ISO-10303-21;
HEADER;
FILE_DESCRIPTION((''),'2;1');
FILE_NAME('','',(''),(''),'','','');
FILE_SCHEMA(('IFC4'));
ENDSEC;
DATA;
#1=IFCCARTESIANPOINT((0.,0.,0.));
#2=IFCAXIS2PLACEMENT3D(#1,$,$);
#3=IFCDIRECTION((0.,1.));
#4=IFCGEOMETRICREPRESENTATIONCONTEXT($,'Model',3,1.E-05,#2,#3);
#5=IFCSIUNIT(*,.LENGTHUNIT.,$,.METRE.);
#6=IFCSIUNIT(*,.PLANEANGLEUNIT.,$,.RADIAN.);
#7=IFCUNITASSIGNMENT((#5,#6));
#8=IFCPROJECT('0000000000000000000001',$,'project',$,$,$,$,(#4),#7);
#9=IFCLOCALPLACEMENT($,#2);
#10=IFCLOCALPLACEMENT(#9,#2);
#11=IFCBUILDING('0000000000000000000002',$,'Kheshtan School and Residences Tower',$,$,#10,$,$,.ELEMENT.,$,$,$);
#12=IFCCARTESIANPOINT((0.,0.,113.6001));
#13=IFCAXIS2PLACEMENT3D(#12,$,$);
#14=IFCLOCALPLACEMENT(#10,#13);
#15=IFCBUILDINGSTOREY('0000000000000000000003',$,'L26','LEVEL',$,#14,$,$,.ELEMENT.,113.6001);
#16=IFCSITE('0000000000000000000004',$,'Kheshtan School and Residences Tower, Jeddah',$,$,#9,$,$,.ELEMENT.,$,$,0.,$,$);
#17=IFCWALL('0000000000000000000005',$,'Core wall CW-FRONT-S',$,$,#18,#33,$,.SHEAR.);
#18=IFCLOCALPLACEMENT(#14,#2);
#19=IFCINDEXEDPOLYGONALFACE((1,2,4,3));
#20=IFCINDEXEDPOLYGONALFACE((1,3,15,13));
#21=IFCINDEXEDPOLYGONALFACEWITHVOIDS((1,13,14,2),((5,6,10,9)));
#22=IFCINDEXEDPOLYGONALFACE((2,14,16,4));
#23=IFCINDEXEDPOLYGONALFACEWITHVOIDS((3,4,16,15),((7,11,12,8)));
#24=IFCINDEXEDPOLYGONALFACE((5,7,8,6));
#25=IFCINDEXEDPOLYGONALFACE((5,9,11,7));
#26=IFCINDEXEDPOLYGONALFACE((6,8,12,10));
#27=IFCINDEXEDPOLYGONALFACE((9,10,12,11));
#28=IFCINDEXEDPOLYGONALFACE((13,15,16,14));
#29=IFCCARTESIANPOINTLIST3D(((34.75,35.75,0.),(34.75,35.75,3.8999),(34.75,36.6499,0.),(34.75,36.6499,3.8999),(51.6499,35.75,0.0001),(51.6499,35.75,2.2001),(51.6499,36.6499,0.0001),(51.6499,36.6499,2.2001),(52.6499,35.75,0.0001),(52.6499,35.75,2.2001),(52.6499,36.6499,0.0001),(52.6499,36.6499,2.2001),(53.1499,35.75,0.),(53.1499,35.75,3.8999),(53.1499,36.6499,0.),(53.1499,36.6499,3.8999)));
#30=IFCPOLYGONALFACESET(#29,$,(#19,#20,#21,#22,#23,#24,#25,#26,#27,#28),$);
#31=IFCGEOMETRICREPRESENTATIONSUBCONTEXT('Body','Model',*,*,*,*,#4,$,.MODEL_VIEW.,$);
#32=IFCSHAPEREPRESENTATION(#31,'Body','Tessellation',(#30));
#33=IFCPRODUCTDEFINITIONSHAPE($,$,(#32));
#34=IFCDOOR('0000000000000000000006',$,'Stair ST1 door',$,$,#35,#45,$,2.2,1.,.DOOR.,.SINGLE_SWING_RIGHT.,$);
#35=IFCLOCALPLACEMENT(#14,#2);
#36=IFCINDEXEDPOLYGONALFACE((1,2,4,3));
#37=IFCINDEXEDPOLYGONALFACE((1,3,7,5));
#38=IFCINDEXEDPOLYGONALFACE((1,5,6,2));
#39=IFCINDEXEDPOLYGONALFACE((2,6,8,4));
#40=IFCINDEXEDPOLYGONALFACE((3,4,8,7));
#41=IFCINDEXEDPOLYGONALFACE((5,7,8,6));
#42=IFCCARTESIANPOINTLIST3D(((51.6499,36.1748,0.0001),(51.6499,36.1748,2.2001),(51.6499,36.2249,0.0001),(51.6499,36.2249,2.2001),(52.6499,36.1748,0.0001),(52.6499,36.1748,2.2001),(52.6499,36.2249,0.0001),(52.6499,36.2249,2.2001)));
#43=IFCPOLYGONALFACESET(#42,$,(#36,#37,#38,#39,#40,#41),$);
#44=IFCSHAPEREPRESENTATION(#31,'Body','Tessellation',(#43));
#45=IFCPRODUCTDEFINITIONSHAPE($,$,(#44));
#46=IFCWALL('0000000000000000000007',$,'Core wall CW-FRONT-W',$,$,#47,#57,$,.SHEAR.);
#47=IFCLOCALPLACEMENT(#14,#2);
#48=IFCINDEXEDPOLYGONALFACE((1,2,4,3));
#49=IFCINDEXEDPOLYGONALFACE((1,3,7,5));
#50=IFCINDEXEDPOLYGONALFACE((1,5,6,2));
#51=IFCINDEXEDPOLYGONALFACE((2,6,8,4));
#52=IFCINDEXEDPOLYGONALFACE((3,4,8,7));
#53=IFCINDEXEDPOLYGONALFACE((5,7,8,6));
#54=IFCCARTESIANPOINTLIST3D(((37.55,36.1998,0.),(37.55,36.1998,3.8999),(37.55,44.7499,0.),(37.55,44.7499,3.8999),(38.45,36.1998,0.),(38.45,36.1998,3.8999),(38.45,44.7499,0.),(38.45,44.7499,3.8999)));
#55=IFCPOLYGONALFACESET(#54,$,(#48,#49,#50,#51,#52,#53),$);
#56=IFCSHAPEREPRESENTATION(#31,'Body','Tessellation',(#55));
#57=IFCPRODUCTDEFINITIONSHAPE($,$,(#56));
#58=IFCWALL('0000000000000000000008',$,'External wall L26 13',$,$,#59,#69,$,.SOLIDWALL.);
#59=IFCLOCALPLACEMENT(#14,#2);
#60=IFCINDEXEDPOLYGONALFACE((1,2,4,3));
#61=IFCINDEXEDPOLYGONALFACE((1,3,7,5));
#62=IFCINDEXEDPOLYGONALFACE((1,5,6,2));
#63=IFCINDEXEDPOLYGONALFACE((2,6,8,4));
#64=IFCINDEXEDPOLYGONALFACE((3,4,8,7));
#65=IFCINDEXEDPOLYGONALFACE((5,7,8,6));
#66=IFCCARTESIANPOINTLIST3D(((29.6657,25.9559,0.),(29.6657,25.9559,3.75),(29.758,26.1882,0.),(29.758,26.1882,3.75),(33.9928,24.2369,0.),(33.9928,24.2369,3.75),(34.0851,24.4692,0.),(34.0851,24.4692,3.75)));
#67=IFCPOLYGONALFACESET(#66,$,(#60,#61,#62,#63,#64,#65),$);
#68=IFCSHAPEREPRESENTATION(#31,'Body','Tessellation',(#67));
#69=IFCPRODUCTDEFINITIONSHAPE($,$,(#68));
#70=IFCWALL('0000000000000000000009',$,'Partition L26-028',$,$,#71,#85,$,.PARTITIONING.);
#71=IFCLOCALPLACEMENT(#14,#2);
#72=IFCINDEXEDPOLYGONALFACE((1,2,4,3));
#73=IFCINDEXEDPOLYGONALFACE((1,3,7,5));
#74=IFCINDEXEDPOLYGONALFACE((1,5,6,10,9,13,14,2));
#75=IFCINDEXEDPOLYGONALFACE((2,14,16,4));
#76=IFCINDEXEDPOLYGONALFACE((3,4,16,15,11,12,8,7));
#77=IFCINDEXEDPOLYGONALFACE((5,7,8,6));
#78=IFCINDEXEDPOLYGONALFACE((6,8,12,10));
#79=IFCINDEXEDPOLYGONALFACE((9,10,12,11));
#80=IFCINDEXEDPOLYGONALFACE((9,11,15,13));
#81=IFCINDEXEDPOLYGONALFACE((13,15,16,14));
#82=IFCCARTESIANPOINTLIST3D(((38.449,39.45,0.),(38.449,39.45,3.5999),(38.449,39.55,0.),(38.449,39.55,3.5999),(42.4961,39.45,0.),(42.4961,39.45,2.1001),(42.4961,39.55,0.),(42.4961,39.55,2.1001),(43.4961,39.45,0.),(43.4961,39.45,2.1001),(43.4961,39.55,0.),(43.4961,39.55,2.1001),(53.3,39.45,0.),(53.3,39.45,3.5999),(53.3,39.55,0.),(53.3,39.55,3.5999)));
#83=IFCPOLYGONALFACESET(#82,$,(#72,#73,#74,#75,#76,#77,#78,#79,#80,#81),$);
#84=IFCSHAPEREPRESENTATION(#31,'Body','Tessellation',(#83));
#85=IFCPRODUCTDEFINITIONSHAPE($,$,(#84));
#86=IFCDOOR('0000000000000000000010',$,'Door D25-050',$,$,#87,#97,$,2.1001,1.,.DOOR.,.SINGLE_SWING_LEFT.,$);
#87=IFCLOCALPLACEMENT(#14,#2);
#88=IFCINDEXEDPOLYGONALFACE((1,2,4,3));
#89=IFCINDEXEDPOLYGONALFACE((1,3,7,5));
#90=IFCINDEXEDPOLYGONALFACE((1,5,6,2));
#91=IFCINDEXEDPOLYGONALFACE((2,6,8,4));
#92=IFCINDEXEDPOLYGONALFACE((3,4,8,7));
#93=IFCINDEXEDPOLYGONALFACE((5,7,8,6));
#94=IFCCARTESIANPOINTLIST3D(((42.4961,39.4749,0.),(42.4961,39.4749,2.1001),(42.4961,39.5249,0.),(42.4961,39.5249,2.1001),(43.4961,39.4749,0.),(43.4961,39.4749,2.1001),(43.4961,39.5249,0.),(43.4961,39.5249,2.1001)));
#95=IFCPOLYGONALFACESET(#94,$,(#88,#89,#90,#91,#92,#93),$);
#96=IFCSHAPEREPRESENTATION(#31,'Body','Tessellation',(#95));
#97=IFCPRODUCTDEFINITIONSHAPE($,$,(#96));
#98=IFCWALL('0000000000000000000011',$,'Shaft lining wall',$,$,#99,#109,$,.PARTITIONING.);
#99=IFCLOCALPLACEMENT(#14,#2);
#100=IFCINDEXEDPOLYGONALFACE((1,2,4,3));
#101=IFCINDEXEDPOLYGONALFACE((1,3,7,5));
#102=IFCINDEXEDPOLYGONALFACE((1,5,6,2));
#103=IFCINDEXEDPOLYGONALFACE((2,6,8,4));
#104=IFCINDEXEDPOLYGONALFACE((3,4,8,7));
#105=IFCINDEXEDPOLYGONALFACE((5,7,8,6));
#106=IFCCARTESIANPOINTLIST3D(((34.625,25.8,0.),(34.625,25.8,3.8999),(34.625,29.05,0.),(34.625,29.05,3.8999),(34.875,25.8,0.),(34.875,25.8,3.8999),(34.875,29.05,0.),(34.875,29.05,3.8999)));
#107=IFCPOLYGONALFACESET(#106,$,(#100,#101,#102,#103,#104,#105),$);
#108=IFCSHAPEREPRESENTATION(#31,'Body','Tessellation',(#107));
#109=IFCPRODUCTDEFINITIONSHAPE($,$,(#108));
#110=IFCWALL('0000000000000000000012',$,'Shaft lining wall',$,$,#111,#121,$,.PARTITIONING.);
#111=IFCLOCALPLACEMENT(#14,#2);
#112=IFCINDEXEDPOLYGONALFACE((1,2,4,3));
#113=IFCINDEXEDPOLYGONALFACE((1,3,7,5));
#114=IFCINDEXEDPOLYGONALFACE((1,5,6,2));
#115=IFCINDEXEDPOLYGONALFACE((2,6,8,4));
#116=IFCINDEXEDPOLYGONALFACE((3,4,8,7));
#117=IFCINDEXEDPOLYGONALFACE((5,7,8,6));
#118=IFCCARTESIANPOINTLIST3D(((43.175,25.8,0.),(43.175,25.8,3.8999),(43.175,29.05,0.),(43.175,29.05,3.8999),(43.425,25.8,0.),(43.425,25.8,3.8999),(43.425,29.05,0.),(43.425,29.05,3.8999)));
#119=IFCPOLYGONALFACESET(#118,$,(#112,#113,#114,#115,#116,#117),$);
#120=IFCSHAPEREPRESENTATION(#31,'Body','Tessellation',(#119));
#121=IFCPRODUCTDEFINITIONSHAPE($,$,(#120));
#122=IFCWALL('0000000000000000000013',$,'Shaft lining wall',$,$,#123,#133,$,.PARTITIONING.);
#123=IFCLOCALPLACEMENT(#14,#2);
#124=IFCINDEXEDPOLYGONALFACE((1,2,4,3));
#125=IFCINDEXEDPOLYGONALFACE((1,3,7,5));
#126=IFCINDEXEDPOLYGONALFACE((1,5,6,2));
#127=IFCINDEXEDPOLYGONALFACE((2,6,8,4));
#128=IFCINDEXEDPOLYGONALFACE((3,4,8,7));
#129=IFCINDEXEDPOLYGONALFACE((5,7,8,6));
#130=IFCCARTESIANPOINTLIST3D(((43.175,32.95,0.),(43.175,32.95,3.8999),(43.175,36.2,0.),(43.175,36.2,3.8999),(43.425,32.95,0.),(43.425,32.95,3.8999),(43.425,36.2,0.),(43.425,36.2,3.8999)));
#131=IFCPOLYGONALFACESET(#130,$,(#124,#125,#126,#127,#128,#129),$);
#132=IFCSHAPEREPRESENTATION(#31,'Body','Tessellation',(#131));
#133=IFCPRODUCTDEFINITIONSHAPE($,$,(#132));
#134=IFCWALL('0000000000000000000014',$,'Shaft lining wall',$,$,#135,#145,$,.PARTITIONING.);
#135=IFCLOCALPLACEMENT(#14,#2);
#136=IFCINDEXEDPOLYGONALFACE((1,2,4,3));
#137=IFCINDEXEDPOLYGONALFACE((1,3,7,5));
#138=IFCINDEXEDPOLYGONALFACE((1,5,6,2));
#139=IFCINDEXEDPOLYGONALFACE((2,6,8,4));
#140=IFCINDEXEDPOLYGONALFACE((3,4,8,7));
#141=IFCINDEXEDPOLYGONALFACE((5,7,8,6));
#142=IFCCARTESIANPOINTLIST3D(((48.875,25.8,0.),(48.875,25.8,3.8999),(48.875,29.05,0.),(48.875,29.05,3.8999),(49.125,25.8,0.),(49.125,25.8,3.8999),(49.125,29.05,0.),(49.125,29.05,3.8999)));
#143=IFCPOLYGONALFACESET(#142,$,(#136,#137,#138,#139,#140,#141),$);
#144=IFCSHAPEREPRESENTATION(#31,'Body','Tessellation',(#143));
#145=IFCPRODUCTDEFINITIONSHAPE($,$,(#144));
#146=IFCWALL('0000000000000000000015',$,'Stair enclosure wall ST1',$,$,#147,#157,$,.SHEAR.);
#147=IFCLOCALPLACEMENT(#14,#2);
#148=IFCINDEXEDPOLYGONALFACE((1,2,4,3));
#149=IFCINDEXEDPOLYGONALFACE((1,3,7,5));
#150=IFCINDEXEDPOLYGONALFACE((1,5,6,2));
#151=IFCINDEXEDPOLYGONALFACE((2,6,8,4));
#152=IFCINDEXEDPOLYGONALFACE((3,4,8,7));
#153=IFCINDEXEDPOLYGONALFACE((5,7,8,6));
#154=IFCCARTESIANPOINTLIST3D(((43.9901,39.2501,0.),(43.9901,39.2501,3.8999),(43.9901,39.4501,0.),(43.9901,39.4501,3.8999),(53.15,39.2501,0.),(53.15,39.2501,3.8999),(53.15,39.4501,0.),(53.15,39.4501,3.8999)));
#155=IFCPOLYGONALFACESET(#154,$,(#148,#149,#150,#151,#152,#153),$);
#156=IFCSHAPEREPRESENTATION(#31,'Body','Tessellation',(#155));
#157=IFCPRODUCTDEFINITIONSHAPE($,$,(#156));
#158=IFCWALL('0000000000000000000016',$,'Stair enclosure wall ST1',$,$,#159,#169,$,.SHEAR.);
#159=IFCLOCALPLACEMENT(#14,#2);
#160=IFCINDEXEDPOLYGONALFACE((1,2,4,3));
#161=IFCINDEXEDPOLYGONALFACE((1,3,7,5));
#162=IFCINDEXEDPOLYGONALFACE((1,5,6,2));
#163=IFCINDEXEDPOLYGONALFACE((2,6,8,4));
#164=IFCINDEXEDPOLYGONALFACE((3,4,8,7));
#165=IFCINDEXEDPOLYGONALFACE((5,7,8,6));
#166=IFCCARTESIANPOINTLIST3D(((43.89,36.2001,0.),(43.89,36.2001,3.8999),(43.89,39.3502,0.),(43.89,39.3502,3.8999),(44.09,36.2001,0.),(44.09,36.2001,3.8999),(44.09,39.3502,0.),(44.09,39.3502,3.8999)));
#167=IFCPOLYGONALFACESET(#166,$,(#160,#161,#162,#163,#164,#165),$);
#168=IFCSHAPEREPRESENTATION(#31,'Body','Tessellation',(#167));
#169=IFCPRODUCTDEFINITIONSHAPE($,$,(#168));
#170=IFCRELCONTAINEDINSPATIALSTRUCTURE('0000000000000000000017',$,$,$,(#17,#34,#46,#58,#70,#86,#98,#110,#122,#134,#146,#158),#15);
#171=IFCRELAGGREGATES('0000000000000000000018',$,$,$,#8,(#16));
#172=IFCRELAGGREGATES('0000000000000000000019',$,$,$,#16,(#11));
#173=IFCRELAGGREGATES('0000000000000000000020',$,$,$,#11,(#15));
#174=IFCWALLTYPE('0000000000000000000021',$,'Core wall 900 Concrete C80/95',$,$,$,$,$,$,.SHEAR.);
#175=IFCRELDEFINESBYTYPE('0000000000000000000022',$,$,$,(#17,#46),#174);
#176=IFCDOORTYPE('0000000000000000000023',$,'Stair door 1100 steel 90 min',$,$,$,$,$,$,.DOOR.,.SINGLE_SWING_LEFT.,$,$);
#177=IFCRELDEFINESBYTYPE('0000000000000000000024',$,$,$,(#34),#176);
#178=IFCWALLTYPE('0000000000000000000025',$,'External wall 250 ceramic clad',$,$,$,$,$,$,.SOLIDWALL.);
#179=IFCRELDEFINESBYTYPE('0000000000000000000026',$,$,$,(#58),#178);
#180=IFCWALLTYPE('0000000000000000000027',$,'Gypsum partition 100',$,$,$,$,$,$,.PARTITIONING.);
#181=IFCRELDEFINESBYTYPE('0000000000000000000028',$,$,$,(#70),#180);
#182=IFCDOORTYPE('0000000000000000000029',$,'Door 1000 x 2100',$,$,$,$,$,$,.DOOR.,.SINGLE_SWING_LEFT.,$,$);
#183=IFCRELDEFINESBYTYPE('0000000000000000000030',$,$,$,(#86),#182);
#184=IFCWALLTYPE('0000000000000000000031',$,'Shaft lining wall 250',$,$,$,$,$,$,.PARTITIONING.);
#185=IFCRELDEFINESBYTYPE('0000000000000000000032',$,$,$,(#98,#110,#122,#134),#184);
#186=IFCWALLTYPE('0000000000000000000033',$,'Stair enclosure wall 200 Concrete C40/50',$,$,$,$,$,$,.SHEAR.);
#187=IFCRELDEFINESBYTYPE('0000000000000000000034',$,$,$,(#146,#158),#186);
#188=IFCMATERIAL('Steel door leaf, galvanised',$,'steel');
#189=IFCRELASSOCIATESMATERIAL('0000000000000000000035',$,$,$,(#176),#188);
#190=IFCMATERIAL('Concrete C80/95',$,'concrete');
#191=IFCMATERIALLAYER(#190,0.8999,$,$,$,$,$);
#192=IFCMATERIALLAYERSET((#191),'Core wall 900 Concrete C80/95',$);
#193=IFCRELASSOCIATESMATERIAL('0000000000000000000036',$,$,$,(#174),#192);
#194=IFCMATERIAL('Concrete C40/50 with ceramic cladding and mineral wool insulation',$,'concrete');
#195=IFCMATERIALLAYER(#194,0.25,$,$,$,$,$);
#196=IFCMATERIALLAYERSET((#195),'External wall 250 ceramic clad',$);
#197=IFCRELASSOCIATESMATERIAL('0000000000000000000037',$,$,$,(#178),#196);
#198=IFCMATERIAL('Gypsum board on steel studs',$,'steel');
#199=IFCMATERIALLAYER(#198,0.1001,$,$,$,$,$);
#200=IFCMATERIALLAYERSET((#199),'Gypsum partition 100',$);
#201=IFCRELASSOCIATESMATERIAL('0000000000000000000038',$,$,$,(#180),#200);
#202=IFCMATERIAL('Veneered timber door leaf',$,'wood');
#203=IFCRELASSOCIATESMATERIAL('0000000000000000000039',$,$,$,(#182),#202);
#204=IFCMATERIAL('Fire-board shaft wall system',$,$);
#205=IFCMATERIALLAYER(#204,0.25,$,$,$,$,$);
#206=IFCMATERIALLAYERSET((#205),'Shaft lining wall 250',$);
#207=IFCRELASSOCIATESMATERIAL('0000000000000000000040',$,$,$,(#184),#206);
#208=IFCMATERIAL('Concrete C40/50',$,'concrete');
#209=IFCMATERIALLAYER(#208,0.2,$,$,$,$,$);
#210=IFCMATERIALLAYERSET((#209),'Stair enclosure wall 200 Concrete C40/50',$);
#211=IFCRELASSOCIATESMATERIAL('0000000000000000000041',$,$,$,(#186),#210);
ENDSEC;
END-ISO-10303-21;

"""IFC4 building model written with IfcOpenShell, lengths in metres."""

from ifc_helpers import new_model, si_unit, direction, frame, frame_2d, origin, place, context, subcontext, project, spatial, rectangle, extrude, source, transform, mapped, material, layer, layer_set, type_object, element, fill, save


model = new_model("IFC4")

# Units and contexts
model_context = context("Model", 3, precision=1e-05, world=origin(), true_north=direction((0.0, 1.0)))
body_context = subcontext(model_context, "Body", "Model", "MODEL_VIEW")
ifc_project = project(units=[si_unit("LENGTHUNIT", "METRE"), si_unit("PLANEANGLEUNIT", "RADIAN")], contexts=[model_context])

# Site, building, storey
site_placement = place(None, origin())
site = spatial("IfcSite", under=ifc_project, at=site_placement, Name="Kheshtan School and Residences Tower, Jeddah", CompositionType="ELEMENT", RefElevation=0.0)
building_placement = place(site_placement, origin())
building = spatial("IfcBuilding", under=site, at=building_placement, Name="Kheshtan School and Residences Tower", CompositionType="ELEMENT")
storey_placement = place(building_placement, frame((0.0, 0.0, 113.6001)))
storey = spatial("IfcBuildingStorey", under=building, at=storey_placement, Name="L26", Description="LEVEL", CompositionType="ELEMENT", Elevation=113.6001)

# Shared definitions
ifc_material_1 = material(Name="Steel door leaf, galvanised", Category="steel")
door_type_1 = type_object("IfcDoorType", Name="Stair door 1100 steel 90 min", OperationType="SINGLE_SWING_LEFT", PredefinedType="DOOR", material=ifc_material_1)

# Shared definitions
ifc_material_2 = material(Name="Concrete C80/95", Category="concrete")
ifc_layer_1 = layer(ifc_material_2, 0.8999)
ifc_layer_set_1 = layer_set([ifc_layer_1], Name="Core wall 900 Concrete C80/95")
wall_type_1 = type_object("IfcWallType", Name="Core wall 900 Concrete C80/95", PredefinedType="SHEAR", material=ifc_layer_set_1)

# Wall, opening, door
wall_1_placement = place(storey_placement, frame((34.75, 36.2, 0.0), z_axis=(0.0, 0.0, 1.0), x_axis=(1.0, 0.0, 0.0)))
wall_1 = element("IfcWall", 1, at=wall_1_placement, inside=storey, type_object=wall_type_1, Name="Core wall CW-FRONT-S", PredefinedType="SHEAR", context=body_context, shape_type="SweptSolid", body=[
    extrude(rectangle(XDim=18.3999, YDim=0.8999, at=frame_2d((9.2, 0.0))), origin(), (0.0, 0.0, 1.0), 3.8999),
])
opening_1_placement = place(wall_1_placement, frame((16.8999, 0.0, 0.0)))
opening_1 = element("IfcOpeningElement", 2, at=opening_1_placement, cuts=wall_1, PredefinedType="OPENING", context=body_context, shape_type="SweptSolid", body=[
    extrude(rectangle(XDim=1.0, YDim=2.2, at=frame_2d((0.5, 1.1001))), frame((0.0, 0.46, 0.0), z_axis=(0.0, -1.0, 0.0), x_axis=(1.0, 0.0, 0.0)), (0.0, 0.0, 1.0), 0.9199),
])
shared_shape_1 = source(origin(), body_context, "Body", "SweptSolid", [
    extrude(rectangle(XDim=1.0, YDim=2.2, at=frame_2d((0.5, 1.1001))), frame((0.0, 0.0249, 0.0), z_axis=(0.0, -1.0, 0.0), x_axis=(1.0, 0.0, 0.0)), (0.0, 0.0, 1.0), 0.05),
])
door_1_placement = place(opening_1_placement, origin())
door_1 = element("IfcDoor", 3, at=door_1_placement, inside=storey, type_object=door_type_1, Name="Stair ST1 door", OperationType="SINGLE_SWING_RIGHT", OverallHeight=2.2, OverallWidth=1.0, PredefinedType="DOOR", context=body_context, shape_type="MappedRepresentation", body=[
    mapped(shared_shape_1, transform((0.0, 0.0, 0.0), x_axis=(1.0, 0.0, 0.0), y_axis=(0.0, 1.0, 0.0), z_axis=(0.0, 0.0, 1.0), scale=1.0)),
])
fill(opening_1, door_1)

# Walls
wall_2_placement = place(storey_placement, frame((38.0, 36.2, 0.0), z_axis=(0.0, 0.0, 1.0), x_axis=(0.0, 1.0, 0.0)))
element("IfcWall", 4, at=wall_2_placement, inside=storey, type_object=wall_type_1, Name="Core wall CW-FRONT-W", PredefinedType="SHEAR", context=body_context, shape_type="SweptSolid", body=[
    extrude(rectangle(XDim=8.55, YDim=0.8999, at=frame_2d((4.2749, 0.0))), origin(), (0.0, 0.0, 1.0), 3.8999),
])
ifc_material_3 = material(Name="Concrete C40/50 with ceramic cladding and mineral wool insulation", Category="concrete")
ifc_layer_2 = layer(ifc_material_3, 0.25)
ifc_layer_set_2 = layer_set([ifc_layer_2], Name="External wall 250 ceramic clad")
wall_type_2 = type_object("IfcWallType", Name="External wall 250 ceramic clad", PredefinedType="SOLIDWALL", material=ifc_layer_set_2)
wall_3_placement = place(storey_placement, frame((34.0391, 24.353, 0.0), z_axis=(0.0, 0.0, 1.0), x_axis=(-0.929353, 0.369193, 0.0)))
element("IfcWall", 5, at=wall_3_placement, inside=storey, type_object=wall_type_2, Name="External wall L26 13", PredefinedType="SOLIDWALL", context=body_context, shape_type="SweptSolid", body=[
    extrude(rectangle(XDim=4.656, YDim=0.25, at=frame_2d((2.3281, 0.0))), origin(), (0.0, 0.0, 1.0), 3.75),
])

# Wall, opening, door
ifc_material_4 = material(Name="Gypsum board on steel studs", Category="steel")
ifc_layer_3 = layer(ifc_material_4, 0.1001)
ifc_layer_set_3 = layer_set([ifc_layer_3], Name="Gypsum partition 100")
wall_type_3 = type_object("IfcWallType", Name="Gypsum partition 100", PredefinedType="PARTITIONING", material=ifc_layer_set_3)
wall_4_placement = place(storey_placement, frame((38.449, 39.5, 0.0), z_axis=(0.0, 0.0, 1.0), x_axis=(1.0, 0.0, 0.0)))
wall_4 = element("IfcWall", 6, at=wall_4_placement, inside=storey, type_object=wall_type_3, Name="Partition L26-028", PredefinedType="PARTITIONING", context=body_context, shape_type="SweptSolid", body=[
    extrude(rectangle(XDim=14.8511, YDim=0.1001, at=frame_2d((7.4255, 0.0))), origin(), (0.0, 0.0, 1.0), 3.5999),
])
opening_2_placement = place(wall_4_placement, frame((4.0471, 0.0, 0.0)))
opening_2 = element("IfcOpeningElement", 7, at=opening_2_placement, cuts=wall_4, PredefinedType="OPENING", context=body_context, shape_type="SweptSolid", body=[
    extrude(rectangle(XDim=1.0, YDim=2.1001, at=frame_2d((0.5, 1.05))), frame((0.0, 0.0601, 0.0), z_axis=(0.0, -1.0, 0.0), x_axis=(1.0, 0.0, 0.0)), (0.0, 0.0, 1.0), 0.1201),
])
ifc_material_5 = material(Name="Veneered timber door leaf", Category="wood")
door_type_2 = type_object("IfcDoorType", Name="Door 1000 x 2100", OperationType="SINGLE_SWING_LEFT", PredefinedType="DOOR", material=ifc_material_5)
shared_shape_2 = source(origin(), body_context, "Body", "SweptSolid", [
    extrude(rectangle(XDim=1.0, YDim=2.1001, at=frame_2d((0.5, 1.05))), frame((0.0, 0.0249, 0.0), z_axis=(0.0, -1.0, 0.0), x_axis=(1.0, 0.0, 0.0)), (0.0, 0.0, 1.0), 0.05),
])
door_2_placement = place(opening_2_placement, origin())
door_2 = element("IfcDoor", 8, at=door_2_placement, inside=storey, type_object=door_type_2, Name="Door D25-050", OperationType="SINGLE_SWING_LEFT", OverallHeight=2.1001, OverallWidth=1.0, PredefinedType="DOOR", context=body_context, shape_type="MappedRepresentation", body=[
    mapped(shared_shape_2, transform((0.0, 0.0, 0.0), x_axis=(1.0, 0.0, 0.0), y_axis=(0.0, 1.0, 0.0), z_axis=(0.0, 0.0, 1.0), scale=1.0)),
])
fill(opening_2, door_2)

# Walls
ifc_material_6 = material(Name="Fire-board shaft wall system")
ifc_layer_4 = layer(ifc_material_6, 0.25)
ifc_layer_set_4 = layer_set([ifc_layer_4], Name="Shaft lining wall 250")
wall_type_4 = type_object("IfcWallType", Name="Shaft lining wall 250", PredefinedType="PARTITIONING", material=ifc_layer_set_4)
for number, where, z_axis, x_axis, name in (
    (9, (34.75, 25.8, 0.0), (0.0, 0.0, 1.0), (0.0, 1.0, 0.0), "Shaft lining wall"),
    (10, (43.3, 25.8, 0.0), (0.0, 0.0, 1.0), (0.0, 1.0, 0.0), "Shaft lining wall"),
    (11, (43.3, 32.95, 0.0), (0.0, 0.0, 1.0), (0.0, 1.0, 0.0), "Shaft lining wall"),
    (12, (49.0, 25.8, 0.0), (0.0, 0.0, 1.0), (0.0, 1.0, 0.0), "Shaft lining wall"),
):
    element("IfcWall", number, at=place(storey_placement, frame(where, z_axis=z_axis, x_axis=x_axis)), inside=storey, type_object=wall_type_4, Name=name, PredefinedType="PARTITIONING", context=body_context, shape_type="SweptSolid", body=[
        extrude(rectangle(XDim=3.25, YDim=0.25, at=frame_2d((1.625, 0.0))), origin(), (0.0, 0.0, 1.0), 3.8999),
    ])
ifc_material_7 = material(Name="Concrete C40/50", Category="concrete")
ifc_layer_5 = layer(ifc_material_7, 0.2)
ifc_layer_set_5 = layer_set([ifc_layer_5], Name="Stair enclosure wall 200 Concrete C40/50")
wall_type_5 = type_object("IfcWallType", Name="Stair enclosure wall 200 Concrete C40/50", PredefinedType="SHEAR", material=ifc_layer_set_5)
wall_5_placement = place(storey_placement, frame((43.99, 39.3501, 0.0), z_axis=(0.0, 0.0, 1.0), x_axis=(1.0, 0.0, 0.0)))
element("IfcWall", 13, at=wall_5_placement, inside=storey, type_object=wall_type_5, Name="Stair enclosure wall ST1", PredefinedType="SHEAR", context=body_context, shape_type="SweptSolid", body=[
    extrude(rectangle(XDim=9.1599, YDim=0.2, at=frame_2d((4.5801, 0.0))), origin(), (0.0, 0.0, 1.0), 3.8999),
])
wall_6_placement = place(storey_placement, frame((43.99, 36.2, 0.0), z_axis=(0.0, 0.0, 1.0), x_axis=(0.0, 1.0, 0.0)))
element("IfcWall", 14, at=wall_6_placement, inside=storey, type_object=wall_type_5, Name="Stair enclosure wall ST1", PredefinedType="SHEAR", context=body_context, shape_type="SweptSolid", body=[
    extrude(rectangle(XDim=3.1501, YDim=0.2, at=frame_2d((1.5752, 0.0))), origin(), (0.0, 0.0, 1.0), 3.8999),
])

save(model, "model.ifc")
